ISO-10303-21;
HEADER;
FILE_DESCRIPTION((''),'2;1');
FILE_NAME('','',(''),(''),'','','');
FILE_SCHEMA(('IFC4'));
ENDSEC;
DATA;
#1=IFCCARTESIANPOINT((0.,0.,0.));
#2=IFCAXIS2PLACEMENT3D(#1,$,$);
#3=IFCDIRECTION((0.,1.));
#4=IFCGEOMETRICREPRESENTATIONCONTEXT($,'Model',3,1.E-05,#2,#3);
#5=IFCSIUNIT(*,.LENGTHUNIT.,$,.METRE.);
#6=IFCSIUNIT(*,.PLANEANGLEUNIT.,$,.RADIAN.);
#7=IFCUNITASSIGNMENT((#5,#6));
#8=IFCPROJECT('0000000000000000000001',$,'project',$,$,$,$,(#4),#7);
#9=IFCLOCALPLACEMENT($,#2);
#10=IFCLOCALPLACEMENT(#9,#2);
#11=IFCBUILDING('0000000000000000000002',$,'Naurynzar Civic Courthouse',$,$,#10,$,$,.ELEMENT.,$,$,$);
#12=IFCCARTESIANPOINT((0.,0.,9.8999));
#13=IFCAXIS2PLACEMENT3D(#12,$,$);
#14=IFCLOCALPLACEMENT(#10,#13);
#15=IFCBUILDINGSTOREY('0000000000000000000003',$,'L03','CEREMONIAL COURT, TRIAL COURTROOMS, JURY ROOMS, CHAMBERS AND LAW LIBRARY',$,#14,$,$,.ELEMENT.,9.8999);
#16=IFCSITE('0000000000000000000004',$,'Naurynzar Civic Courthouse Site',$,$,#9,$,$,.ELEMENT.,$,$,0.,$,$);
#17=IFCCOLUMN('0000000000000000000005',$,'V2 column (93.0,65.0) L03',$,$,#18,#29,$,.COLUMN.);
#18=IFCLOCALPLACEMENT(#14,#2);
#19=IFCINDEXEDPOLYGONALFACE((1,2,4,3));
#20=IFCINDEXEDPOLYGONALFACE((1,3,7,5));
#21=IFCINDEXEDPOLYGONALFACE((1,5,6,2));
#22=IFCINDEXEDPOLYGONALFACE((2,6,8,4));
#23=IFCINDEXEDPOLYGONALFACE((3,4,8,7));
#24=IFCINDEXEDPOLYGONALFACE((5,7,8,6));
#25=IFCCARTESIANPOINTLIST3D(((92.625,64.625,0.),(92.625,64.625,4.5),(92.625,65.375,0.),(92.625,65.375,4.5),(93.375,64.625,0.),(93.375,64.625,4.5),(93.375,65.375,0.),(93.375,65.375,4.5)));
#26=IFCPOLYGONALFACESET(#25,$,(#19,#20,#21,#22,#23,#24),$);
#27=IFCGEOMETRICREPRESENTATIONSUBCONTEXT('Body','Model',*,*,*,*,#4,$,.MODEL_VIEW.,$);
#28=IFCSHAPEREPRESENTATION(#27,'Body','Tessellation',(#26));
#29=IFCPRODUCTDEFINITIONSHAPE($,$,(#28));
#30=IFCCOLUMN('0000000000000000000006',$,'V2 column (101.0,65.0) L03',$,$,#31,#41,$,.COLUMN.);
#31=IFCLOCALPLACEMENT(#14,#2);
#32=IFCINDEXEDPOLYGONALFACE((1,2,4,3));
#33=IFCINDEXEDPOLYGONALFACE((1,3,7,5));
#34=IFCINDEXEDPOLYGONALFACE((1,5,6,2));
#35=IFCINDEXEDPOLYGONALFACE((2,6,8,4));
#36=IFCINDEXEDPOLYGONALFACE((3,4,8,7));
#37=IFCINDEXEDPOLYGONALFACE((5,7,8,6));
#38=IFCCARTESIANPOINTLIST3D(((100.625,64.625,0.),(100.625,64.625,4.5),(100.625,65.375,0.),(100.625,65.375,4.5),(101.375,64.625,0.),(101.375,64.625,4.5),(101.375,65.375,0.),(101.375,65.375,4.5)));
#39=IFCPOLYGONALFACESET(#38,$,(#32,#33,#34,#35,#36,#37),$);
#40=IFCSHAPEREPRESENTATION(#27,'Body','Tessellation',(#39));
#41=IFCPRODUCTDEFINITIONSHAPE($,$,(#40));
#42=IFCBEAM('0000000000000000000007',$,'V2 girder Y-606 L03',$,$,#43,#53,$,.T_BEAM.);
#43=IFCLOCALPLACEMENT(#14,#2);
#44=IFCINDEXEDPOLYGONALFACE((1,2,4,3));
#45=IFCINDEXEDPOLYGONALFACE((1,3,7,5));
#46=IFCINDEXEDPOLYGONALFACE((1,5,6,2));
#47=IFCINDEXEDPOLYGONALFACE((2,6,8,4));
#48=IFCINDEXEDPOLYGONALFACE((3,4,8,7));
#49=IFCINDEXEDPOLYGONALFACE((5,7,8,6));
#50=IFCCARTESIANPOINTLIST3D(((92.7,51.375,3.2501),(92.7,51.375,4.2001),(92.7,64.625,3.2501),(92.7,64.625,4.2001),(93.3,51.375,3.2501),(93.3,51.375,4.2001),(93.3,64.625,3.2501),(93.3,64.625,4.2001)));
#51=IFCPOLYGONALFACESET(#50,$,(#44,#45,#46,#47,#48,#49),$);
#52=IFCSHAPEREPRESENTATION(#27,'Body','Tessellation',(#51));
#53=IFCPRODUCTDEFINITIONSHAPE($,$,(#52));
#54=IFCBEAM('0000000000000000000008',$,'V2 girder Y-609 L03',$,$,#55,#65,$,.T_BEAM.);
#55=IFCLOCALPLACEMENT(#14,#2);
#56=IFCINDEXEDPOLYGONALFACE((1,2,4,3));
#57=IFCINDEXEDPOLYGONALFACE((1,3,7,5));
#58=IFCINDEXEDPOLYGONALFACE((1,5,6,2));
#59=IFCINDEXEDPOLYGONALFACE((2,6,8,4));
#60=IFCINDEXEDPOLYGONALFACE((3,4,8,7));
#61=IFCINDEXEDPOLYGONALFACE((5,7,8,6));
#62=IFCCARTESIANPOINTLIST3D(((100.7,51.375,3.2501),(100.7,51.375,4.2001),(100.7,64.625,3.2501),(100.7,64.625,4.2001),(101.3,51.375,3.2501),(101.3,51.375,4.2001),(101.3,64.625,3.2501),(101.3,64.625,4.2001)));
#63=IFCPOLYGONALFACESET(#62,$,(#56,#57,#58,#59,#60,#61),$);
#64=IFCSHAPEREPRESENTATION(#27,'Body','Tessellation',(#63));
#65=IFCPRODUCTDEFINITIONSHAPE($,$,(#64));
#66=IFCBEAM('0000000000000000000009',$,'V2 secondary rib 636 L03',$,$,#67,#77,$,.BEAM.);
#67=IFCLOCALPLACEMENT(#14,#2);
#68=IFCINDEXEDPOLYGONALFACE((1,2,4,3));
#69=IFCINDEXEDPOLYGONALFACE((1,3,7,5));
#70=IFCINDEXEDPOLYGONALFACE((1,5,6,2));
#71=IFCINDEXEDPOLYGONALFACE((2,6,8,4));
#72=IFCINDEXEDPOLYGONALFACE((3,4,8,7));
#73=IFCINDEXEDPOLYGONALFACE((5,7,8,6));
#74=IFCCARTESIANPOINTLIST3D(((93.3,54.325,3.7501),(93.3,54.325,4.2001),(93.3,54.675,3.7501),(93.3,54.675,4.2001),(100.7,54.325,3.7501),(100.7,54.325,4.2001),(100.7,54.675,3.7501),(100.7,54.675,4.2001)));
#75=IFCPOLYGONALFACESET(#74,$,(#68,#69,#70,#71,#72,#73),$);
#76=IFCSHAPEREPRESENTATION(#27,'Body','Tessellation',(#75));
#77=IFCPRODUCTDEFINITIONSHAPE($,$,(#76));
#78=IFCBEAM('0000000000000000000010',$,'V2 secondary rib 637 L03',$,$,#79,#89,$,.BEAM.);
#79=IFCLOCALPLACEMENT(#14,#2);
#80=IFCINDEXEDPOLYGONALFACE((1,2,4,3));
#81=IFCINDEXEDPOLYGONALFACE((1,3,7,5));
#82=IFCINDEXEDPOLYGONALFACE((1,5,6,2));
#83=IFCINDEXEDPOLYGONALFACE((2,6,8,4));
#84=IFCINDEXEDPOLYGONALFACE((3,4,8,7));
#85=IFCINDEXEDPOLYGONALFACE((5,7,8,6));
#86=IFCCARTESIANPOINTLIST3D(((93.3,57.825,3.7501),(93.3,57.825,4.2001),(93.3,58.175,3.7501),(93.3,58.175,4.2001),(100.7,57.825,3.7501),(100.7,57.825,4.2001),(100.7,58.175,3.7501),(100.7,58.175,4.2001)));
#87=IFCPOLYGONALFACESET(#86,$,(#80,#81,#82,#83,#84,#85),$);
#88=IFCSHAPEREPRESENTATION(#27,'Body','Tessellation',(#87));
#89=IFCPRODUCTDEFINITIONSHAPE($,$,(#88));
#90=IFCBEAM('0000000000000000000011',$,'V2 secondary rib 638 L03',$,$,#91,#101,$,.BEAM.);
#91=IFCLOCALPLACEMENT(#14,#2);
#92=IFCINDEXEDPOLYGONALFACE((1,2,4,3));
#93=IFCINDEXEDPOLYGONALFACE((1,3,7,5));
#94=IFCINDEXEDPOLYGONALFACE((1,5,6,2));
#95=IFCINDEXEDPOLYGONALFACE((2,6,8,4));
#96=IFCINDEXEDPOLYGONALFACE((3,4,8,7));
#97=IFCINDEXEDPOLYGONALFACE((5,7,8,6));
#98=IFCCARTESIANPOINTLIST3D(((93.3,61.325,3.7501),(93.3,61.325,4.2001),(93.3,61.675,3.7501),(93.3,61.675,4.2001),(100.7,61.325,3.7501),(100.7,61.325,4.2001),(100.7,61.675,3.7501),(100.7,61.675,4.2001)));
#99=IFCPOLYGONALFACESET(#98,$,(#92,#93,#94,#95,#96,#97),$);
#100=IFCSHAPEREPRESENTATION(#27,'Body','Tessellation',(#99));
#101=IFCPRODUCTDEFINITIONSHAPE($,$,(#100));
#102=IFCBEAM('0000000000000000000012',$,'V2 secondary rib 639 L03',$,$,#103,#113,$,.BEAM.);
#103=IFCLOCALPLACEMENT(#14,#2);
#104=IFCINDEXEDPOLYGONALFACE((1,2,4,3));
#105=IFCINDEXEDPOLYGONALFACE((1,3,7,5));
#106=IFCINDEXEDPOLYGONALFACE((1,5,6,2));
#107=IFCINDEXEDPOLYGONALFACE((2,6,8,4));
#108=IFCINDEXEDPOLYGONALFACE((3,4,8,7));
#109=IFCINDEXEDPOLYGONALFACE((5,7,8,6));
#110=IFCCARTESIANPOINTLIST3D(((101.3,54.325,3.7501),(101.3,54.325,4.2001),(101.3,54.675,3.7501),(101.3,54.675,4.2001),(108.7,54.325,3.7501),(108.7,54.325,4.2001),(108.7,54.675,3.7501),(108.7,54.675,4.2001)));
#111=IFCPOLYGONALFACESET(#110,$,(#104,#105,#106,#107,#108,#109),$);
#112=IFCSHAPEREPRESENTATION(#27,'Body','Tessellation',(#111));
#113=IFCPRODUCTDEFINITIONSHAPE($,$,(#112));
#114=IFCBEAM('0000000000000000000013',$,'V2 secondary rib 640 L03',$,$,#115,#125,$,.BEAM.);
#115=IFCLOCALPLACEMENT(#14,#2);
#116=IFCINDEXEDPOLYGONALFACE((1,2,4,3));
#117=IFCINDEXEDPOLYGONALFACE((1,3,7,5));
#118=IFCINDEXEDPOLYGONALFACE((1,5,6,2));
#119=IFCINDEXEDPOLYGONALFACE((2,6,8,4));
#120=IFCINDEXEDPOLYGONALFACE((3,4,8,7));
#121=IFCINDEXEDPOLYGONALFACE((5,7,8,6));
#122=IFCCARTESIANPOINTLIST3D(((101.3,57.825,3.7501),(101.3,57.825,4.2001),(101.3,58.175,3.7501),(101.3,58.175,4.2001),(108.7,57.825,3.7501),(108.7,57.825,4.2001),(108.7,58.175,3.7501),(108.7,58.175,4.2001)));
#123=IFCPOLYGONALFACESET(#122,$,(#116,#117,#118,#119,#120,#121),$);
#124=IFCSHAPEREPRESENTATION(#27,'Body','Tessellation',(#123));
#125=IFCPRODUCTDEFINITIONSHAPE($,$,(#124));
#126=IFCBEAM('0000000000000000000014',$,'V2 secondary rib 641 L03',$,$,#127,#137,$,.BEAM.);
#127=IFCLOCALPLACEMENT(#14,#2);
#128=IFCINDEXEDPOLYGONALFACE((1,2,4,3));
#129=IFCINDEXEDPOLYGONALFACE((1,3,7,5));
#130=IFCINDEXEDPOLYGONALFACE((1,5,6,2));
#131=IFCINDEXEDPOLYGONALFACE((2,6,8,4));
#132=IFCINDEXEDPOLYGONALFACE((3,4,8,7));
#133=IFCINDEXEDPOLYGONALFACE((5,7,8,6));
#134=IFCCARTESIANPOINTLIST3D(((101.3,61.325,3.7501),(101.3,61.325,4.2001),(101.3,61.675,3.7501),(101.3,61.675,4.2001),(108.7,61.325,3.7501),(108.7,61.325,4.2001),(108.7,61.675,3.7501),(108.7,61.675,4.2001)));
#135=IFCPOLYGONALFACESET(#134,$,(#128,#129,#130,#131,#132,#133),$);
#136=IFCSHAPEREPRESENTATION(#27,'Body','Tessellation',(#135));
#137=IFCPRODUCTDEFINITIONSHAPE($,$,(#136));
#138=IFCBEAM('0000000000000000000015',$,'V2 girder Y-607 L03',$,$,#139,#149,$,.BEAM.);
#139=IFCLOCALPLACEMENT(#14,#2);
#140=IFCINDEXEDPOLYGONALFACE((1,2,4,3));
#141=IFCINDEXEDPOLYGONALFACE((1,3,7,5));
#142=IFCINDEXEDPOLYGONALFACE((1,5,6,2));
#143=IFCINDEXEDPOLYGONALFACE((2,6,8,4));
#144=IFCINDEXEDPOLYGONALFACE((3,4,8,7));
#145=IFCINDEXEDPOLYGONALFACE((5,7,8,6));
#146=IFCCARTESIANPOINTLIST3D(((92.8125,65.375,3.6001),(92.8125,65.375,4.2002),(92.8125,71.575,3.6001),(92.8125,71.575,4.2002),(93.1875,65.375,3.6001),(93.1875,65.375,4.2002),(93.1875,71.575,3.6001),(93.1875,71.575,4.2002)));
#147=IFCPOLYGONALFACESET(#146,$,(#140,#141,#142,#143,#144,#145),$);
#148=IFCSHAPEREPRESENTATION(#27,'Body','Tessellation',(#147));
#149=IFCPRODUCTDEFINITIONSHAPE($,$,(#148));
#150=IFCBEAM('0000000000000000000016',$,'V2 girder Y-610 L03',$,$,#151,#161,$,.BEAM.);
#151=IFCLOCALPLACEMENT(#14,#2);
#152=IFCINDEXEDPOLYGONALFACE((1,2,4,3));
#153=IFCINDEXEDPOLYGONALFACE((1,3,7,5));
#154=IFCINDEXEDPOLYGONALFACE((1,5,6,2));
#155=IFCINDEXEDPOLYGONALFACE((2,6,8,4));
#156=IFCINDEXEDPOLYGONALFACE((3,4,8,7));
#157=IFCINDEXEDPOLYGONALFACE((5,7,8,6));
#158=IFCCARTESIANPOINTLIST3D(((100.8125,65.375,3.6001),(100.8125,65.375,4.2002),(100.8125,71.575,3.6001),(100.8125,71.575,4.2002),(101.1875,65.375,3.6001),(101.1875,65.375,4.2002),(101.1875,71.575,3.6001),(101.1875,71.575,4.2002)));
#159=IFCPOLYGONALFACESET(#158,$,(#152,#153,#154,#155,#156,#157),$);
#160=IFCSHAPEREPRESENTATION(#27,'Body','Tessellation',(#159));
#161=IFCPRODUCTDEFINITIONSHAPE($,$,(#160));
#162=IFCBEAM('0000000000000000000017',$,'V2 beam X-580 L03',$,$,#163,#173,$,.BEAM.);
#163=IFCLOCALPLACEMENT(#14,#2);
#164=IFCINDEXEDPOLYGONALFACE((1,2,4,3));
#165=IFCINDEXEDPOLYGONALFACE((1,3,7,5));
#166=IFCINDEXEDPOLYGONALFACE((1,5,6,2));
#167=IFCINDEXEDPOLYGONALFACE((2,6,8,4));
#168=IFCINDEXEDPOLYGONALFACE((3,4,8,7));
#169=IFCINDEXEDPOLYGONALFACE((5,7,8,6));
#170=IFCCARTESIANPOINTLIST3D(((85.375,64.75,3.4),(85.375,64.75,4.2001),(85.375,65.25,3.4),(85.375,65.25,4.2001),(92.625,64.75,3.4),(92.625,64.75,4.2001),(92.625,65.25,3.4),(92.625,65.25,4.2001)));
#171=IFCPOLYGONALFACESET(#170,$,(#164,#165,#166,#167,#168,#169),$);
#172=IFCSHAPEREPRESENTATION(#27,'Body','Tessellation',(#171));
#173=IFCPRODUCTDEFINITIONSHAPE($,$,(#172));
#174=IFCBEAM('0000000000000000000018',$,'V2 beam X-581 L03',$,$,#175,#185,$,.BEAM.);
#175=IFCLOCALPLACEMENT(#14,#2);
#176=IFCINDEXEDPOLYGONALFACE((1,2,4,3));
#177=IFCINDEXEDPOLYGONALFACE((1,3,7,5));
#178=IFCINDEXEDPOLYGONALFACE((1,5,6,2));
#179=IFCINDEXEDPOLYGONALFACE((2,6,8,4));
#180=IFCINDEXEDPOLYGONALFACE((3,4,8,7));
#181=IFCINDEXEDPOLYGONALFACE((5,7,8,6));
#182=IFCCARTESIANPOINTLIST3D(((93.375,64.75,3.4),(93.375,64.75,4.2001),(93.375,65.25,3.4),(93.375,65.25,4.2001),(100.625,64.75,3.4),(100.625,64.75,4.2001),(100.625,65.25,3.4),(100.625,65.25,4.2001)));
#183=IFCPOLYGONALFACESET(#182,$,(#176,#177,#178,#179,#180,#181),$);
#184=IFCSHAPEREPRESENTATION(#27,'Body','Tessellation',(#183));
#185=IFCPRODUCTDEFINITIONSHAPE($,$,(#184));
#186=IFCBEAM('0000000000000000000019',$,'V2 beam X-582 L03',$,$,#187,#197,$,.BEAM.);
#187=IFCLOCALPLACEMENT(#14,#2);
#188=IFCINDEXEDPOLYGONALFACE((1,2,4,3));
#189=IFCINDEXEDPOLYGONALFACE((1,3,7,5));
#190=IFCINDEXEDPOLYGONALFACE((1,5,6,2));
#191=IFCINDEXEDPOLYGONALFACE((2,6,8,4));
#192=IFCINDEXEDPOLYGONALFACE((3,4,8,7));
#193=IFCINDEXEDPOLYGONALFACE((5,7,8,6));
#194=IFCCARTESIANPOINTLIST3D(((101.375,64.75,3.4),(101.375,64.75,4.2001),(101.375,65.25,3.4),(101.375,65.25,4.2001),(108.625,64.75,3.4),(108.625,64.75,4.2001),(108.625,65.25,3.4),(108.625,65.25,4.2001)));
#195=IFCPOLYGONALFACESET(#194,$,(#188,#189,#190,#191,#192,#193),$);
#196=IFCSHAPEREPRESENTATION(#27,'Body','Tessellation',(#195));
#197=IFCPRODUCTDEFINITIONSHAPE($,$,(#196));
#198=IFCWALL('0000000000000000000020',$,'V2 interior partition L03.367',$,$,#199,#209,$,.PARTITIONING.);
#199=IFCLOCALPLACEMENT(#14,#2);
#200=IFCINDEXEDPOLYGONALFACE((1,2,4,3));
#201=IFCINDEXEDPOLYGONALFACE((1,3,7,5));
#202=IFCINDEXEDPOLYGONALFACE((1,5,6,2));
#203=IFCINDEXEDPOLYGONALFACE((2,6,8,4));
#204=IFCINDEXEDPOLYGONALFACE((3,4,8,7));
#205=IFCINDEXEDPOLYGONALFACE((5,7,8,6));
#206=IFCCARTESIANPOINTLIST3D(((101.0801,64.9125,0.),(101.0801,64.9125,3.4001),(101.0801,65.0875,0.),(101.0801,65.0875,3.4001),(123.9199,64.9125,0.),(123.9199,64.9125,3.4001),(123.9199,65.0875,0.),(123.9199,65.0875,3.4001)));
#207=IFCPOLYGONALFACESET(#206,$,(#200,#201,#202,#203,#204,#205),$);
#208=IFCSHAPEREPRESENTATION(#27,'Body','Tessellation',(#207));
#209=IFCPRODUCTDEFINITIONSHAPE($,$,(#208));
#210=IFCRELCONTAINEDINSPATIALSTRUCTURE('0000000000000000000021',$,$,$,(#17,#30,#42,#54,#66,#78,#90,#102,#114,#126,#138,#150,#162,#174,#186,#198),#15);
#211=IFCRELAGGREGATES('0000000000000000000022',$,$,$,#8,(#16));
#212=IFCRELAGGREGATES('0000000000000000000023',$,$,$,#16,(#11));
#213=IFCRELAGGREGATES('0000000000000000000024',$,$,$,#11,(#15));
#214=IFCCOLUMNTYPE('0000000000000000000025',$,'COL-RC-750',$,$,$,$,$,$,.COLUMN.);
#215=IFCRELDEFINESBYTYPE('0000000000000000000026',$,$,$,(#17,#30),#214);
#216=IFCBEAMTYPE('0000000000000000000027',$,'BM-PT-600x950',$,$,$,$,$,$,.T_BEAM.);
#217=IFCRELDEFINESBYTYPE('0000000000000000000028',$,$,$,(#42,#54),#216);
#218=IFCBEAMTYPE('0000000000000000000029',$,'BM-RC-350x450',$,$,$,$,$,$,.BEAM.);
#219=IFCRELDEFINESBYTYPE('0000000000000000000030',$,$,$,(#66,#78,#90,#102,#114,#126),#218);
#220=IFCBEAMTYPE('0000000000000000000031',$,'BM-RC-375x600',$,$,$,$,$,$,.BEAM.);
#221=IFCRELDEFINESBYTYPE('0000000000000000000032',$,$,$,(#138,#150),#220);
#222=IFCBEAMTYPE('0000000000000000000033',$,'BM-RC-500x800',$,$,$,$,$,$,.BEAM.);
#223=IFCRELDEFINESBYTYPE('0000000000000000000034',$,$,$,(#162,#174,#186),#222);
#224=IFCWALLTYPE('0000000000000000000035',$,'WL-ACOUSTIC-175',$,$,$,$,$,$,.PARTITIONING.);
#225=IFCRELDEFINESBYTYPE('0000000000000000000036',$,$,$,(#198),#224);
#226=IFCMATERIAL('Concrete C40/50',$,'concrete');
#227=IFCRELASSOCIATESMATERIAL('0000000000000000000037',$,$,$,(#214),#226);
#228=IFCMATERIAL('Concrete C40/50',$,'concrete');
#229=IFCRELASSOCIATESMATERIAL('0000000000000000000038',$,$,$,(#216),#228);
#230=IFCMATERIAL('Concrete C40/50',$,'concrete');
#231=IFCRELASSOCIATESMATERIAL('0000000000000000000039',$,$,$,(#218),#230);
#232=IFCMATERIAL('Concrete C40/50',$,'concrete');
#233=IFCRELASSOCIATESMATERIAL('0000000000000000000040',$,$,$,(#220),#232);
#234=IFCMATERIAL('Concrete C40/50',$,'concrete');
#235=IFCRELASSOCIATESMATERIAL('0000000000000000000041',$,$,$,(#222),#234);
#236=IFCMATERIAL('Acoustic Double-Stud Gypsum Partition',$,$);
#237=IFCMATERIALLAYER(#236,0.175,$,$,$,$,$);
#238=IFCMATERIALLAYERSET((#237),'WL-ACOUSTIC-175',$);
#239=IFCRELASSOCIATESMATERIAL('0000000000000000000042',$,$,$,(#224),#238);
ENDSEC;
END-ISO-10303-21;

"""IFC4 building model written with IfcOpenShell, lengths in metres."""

from ifc_helpers import new_model, si_unit, direction, frame, frame_2d, origin, origin_2d, place, context, subcontext, project, spatial, rectangle, extrude, material, layer, layer_set, material_profile, profile_set, type_object, element, save


model = new_model("IFC4")

# Units and contexts
model_context = context("Model", 3, precision=1e-05, world=origin(), true_north=direction((0.0, 1.0)))
body_context = subcontext(model_context, "Body", "Model", "MODEL_VIEW")
ifc_project = project(units=[si_unit("LENGTHUNIT", "METRE"), si_unit("PLANEANGLEUNIT", "RADIAN")], contexts=[model_context])

# Site, building, storey
site_placement = place(None, origin())
site = spatial("IfcSite", under=ifc_project, at=site_placement, Name="Naurynzar Civic Courthouse Site", CompositionType="ELEMENT", RefElevation=0.0)
building_placement = place(site_placement, origin())
building = spatial("IfcBuilding", under=site, at=building_placement, Name="Naurynzar Civic Courthouse", CompositionType="ELEMENT")
storey_placement = place(building_placement, frame((0.0, 0.0, 9.8999)))
storey = spatial("IfcBuildingStorey", under=building, at=storey_placement, Name="L03", Description="CEREMONIAL COURT, TRIAL COURTROOMS, JURY ROOMS, CHAMBERS AND LAW LIBRARY", CompositionType="ELEMENT", Elevation=9.8999)

# Columns
ifc_material_1 = material(Name="Concrete C40/50", Category="concrete")
ifc_material_profile_1 = material_profile(ifc_material_1, rectangle(XDim=0.75, YDim=0.75, at=origin_2d()), Name="RC 750x750")
ifc_profile_set_1 = profile_set([ifc_material_profile_1], Name="Concrete C40/50")
column_type = type_object("IfcColumnType", Name="COL-RC-750", PredefinedType="COLUMN", material=ifc_profile_set_1)
for number, where, z_axis, x_axis, name in (
    (1, (93.0, 65.0, 0.0), (0.0, 0.0, 1.0), (1.0, 0.0, 0.0), "V2 column (93.0,65.0) L03"),
    (2, (101.0, 65.0, 0.0), (0.0, 0.0, 1.0), (1.0, 0.0, 0.0), "V2 column (101.0,65.0) L03"),
):
    element("IfcColumn", number, at=place(storey_placement, frame(where, z_axis=z_axis, x_axis=x_axis)), inside=storey, type_object=column_type, Name=name, PredefinedType="COLUMN", context=body_context, shape_type="SweptSolid", body=[
        extrude(rectangle(XDim=0.75, YDim=0.75, at=origin_2d()), origin(), (0.0, 0.0, 1.0), 4.5),
    ])

# Beams
ifc_material_2 = material(Name="Concrete C40/50", Category="concrete")
ifc_material_profile_2 = material_profile(ifc_material_2, rectangle(XDim=0.6001, YDim=0.95, at=origin_2d()), Name="PTB 600x950")
ifc_profile_set_2 = profile_set([ifc_material_profile_2], Name="Concrete C40/50")
beam_type_1 = type_object("IfcBeamType", Name="BM-PT-600x950", PredefinedType="T_BEAM", material=ifc_profile_set_2)
for number, where, z_axis, x_axis, name in (
    (3, (93.0, 51.375, 3.7251), (0.0, 1.0, 0.0), (-1.0, 0.0, 0.0), "V2 girder Y-606 L03"),
    (4, (101.0, 51.375, 3.7251), (0.0, 1.0, 0.0), (-1.0, 0.0, 0.0), "V2 girder Y-609 L03"),
):
    element("IfcBeam", number, at=place(storey_placement, frame(where, z_axis=z_axis, x_axis=x_axis)), inside=storey, type_object=beam_type_1, Name=name, PredefinedType="T_BEAM", context=body_context, shape_type="SweptSolid", body=[
        extrude(rectangle(XDim=0.6001, YDim=0.95, at=origin_2d()), origin(), (0.0, 0.0, 1.0), 13.25),
    ])
ifc_material_3 = material(Name="Concrete C40/50", Category="concrete")
ifc_material_profile_3 = material_profile(ifc_material_3, rectangle(XDim=0.3501, YDim=0.45, at=origin_2d()), Name="RCB 350x450")
ifc_profile_set_3 = profile_set([ifc_material_profile_3], Name="Concrete C40/50")
beam_type_2 = type_object("IfcBeamType", Name="BM-RC-350x450", PredefinedType="BEAM", material=ifc_profile_set_3)
for number, where, z_axis, x_axis, name in (
    (5, (93.3, 54.5, 3.9751), (1.0, 0.0, 0.0), (0.0, 1.0, 0.0), "V2 secondary rib 636 L03"),
    (6, (93.3, 58.0, 3.9751), (1.0, 0.0, 0.0), (0.0, 1.0, 0.0), "V2 secondary rib 637 L03"),
    (7, (93.3, 61.5, 3.9751), (1.0, 0.0, 0.0), (0.0, 1.0, 0.0), "V2 secondary rib 638 L03"),
    (8, (101.3, 54.5, 3.9751), (1.0, 0.0, 0.0), (0.0, 1.0, 0.0), "V2 secondary rib 639 L03"),
    (9, (101.3, 58.0, 3.9751), (1.0, 0.0, 0.0), (0.0, 1.0, 0.0), "V2 secondary rib 640 L03"),
    (10, (101.3, 61.5, 3.9751), (1.0, 0.0, 0.0), (0.0, 1.0, 0.0), "V2 secondary rib 641 L03"),
):
    element("IfcBeam", number, at=place(storey_placement, frame(where, z_axis=z_axis, x_axis=x_axis)), inside=storey, type_object=beam_type_2, Name=name, PredefinedType="BEAM", context=body_context, shape_type="SweptSolid", body=[
        extrude(rectangle(XDim=0.3501, YDim=0.45, at=origin_2d()), origin(), (0.0, 0.0, 1.0), 7.3999),
    ])
ifc_material_4 = material(Name="Concrete C40/50", Category="concrete")
ifc_material_profile_4 = material_profile(ifc_material_4, rectangle(XDim=0.375, YDim=0.6001, at=origin_2d()), Name="RCB 375x600")
ifc_profile_set_4 = profile_set([ifc_material_profile_4], Name="Concrete C40/50")
beam_type_3 = type_object("IfcBeamType", Name="BM-RC-375x600", PredefinedType="BEAM", material=ifc_profile_set_4)
for number, where, z_axis, x_axis, name in (
    (11, (93.0, 65.375, 3.9001), (0.0, 1.0, 0.0), (-1.0, 0.0, 0.0), "V2 girder Y-607 L03"),
    (12, (101.0, 65.375, 3.9001), (0.0, 1.0, 0.0), (-1.0, 0.0, 0.0), "V2 girder Y-610 L03"),
):
    element("IfcBeam", number, at=place(storey_placement, frame(where, z_axis=z_axis, x_axis=x_axis)), inside=storey, type_object=beam_type_3, Name=name, PredefinedType="BEAM", context=body_context, shape_type="SweptSolid", body=[
        extrude(rectangle(XDim=0.375, YDim=0.6001, at=origin_2d()), origin(), (0.0, 0.0, 1.0), 6.2),
    ])
ifc_material_5 = material(Name="Concrete C40/50", Category="concrete")
ifc_material_profile_5 = material_profile(ifc_material_5, rectangle(XDim=0.5, YDim=0.8, at=origin_2d()), Name="RCB 500x800")
ifc_profile_set_5 = profile_set([ifc_material_profile_5], Name="Concrete C40/50")
beam_type_4 = type_object("IfcBeamType", Name="BM-RC-500x800", PredefinedType="BEAM", material=ifc_profile_set_5)
for number, where, z_axis, x_axis, name in (
    (13, (85.375, 65.0, 3.8), (1.0, 0.0, 0.0), (0.0, 1.0, 0.0), "V2 beam X-580 L03"),
    (14, (93.375, 65.0, 3.8), (1.0, 0.0, 0.0), (0.0, 1.0, 0.0), "V2 beam X-581 L03"),
    (15, (101.375, 65.0, 3.8), (1.0, 0.0, 0.0), (0.0, 1.0, 0.0), "V2 beam X-582 L03"),
):
    element("IfcBeam", number, at=place(storey_placement, frame(where, z_axis=z_axis, x_axis=x_axis)), inside=storey, type_object=beam_type_4, Name=name, PredefinedType="BEAM", context=body_context, shape_type="SweptSolid", body=[
        extrude(rectangle(XDim=0.5, YDim=0.8, at=origin_2d()), origin(), (0.0, 0.0, 1.0), 7.25),
    ])

# Wall
ifc_material_6 = material(Name="Acoustic Double-Stud Gypsum Partition")
ifc_layer_1 = layer(ifc_material_6, 0.175)
ifc_layer_set_1 = layer_set([ifc_layer_1], Name="WL-ACOUSTIC-175")
wall_type_1 = type_object("IfcWallType", Name="WL-ACOUSTIC-175", PredefinedType="PARTITIONING", material=ifc_layer_set_1)
wall_1_placement = place(storey_placement, frame((101.0801, 65.0, 0.0), z_axis=(0.0, 0.0, 1.0), x_axis=(1.0, 0.0, 0.0)))
element("IfcWall", 16, at=wall_1_placement, inside=storey, type_object=wall_type_1, Name="V2 interior partition L03.367", PredefinedType="PARTITIONING", context=body_context, shape_type="SweptSolid", body=[
    extrude(rectangle(XDim=22.8398, YDim=0.175, at=frame_2d((11.4199, 0.0))), origin(), (0.0, 0.0, 1.0), 3.4001),
])

save(model, "model.ifc")
